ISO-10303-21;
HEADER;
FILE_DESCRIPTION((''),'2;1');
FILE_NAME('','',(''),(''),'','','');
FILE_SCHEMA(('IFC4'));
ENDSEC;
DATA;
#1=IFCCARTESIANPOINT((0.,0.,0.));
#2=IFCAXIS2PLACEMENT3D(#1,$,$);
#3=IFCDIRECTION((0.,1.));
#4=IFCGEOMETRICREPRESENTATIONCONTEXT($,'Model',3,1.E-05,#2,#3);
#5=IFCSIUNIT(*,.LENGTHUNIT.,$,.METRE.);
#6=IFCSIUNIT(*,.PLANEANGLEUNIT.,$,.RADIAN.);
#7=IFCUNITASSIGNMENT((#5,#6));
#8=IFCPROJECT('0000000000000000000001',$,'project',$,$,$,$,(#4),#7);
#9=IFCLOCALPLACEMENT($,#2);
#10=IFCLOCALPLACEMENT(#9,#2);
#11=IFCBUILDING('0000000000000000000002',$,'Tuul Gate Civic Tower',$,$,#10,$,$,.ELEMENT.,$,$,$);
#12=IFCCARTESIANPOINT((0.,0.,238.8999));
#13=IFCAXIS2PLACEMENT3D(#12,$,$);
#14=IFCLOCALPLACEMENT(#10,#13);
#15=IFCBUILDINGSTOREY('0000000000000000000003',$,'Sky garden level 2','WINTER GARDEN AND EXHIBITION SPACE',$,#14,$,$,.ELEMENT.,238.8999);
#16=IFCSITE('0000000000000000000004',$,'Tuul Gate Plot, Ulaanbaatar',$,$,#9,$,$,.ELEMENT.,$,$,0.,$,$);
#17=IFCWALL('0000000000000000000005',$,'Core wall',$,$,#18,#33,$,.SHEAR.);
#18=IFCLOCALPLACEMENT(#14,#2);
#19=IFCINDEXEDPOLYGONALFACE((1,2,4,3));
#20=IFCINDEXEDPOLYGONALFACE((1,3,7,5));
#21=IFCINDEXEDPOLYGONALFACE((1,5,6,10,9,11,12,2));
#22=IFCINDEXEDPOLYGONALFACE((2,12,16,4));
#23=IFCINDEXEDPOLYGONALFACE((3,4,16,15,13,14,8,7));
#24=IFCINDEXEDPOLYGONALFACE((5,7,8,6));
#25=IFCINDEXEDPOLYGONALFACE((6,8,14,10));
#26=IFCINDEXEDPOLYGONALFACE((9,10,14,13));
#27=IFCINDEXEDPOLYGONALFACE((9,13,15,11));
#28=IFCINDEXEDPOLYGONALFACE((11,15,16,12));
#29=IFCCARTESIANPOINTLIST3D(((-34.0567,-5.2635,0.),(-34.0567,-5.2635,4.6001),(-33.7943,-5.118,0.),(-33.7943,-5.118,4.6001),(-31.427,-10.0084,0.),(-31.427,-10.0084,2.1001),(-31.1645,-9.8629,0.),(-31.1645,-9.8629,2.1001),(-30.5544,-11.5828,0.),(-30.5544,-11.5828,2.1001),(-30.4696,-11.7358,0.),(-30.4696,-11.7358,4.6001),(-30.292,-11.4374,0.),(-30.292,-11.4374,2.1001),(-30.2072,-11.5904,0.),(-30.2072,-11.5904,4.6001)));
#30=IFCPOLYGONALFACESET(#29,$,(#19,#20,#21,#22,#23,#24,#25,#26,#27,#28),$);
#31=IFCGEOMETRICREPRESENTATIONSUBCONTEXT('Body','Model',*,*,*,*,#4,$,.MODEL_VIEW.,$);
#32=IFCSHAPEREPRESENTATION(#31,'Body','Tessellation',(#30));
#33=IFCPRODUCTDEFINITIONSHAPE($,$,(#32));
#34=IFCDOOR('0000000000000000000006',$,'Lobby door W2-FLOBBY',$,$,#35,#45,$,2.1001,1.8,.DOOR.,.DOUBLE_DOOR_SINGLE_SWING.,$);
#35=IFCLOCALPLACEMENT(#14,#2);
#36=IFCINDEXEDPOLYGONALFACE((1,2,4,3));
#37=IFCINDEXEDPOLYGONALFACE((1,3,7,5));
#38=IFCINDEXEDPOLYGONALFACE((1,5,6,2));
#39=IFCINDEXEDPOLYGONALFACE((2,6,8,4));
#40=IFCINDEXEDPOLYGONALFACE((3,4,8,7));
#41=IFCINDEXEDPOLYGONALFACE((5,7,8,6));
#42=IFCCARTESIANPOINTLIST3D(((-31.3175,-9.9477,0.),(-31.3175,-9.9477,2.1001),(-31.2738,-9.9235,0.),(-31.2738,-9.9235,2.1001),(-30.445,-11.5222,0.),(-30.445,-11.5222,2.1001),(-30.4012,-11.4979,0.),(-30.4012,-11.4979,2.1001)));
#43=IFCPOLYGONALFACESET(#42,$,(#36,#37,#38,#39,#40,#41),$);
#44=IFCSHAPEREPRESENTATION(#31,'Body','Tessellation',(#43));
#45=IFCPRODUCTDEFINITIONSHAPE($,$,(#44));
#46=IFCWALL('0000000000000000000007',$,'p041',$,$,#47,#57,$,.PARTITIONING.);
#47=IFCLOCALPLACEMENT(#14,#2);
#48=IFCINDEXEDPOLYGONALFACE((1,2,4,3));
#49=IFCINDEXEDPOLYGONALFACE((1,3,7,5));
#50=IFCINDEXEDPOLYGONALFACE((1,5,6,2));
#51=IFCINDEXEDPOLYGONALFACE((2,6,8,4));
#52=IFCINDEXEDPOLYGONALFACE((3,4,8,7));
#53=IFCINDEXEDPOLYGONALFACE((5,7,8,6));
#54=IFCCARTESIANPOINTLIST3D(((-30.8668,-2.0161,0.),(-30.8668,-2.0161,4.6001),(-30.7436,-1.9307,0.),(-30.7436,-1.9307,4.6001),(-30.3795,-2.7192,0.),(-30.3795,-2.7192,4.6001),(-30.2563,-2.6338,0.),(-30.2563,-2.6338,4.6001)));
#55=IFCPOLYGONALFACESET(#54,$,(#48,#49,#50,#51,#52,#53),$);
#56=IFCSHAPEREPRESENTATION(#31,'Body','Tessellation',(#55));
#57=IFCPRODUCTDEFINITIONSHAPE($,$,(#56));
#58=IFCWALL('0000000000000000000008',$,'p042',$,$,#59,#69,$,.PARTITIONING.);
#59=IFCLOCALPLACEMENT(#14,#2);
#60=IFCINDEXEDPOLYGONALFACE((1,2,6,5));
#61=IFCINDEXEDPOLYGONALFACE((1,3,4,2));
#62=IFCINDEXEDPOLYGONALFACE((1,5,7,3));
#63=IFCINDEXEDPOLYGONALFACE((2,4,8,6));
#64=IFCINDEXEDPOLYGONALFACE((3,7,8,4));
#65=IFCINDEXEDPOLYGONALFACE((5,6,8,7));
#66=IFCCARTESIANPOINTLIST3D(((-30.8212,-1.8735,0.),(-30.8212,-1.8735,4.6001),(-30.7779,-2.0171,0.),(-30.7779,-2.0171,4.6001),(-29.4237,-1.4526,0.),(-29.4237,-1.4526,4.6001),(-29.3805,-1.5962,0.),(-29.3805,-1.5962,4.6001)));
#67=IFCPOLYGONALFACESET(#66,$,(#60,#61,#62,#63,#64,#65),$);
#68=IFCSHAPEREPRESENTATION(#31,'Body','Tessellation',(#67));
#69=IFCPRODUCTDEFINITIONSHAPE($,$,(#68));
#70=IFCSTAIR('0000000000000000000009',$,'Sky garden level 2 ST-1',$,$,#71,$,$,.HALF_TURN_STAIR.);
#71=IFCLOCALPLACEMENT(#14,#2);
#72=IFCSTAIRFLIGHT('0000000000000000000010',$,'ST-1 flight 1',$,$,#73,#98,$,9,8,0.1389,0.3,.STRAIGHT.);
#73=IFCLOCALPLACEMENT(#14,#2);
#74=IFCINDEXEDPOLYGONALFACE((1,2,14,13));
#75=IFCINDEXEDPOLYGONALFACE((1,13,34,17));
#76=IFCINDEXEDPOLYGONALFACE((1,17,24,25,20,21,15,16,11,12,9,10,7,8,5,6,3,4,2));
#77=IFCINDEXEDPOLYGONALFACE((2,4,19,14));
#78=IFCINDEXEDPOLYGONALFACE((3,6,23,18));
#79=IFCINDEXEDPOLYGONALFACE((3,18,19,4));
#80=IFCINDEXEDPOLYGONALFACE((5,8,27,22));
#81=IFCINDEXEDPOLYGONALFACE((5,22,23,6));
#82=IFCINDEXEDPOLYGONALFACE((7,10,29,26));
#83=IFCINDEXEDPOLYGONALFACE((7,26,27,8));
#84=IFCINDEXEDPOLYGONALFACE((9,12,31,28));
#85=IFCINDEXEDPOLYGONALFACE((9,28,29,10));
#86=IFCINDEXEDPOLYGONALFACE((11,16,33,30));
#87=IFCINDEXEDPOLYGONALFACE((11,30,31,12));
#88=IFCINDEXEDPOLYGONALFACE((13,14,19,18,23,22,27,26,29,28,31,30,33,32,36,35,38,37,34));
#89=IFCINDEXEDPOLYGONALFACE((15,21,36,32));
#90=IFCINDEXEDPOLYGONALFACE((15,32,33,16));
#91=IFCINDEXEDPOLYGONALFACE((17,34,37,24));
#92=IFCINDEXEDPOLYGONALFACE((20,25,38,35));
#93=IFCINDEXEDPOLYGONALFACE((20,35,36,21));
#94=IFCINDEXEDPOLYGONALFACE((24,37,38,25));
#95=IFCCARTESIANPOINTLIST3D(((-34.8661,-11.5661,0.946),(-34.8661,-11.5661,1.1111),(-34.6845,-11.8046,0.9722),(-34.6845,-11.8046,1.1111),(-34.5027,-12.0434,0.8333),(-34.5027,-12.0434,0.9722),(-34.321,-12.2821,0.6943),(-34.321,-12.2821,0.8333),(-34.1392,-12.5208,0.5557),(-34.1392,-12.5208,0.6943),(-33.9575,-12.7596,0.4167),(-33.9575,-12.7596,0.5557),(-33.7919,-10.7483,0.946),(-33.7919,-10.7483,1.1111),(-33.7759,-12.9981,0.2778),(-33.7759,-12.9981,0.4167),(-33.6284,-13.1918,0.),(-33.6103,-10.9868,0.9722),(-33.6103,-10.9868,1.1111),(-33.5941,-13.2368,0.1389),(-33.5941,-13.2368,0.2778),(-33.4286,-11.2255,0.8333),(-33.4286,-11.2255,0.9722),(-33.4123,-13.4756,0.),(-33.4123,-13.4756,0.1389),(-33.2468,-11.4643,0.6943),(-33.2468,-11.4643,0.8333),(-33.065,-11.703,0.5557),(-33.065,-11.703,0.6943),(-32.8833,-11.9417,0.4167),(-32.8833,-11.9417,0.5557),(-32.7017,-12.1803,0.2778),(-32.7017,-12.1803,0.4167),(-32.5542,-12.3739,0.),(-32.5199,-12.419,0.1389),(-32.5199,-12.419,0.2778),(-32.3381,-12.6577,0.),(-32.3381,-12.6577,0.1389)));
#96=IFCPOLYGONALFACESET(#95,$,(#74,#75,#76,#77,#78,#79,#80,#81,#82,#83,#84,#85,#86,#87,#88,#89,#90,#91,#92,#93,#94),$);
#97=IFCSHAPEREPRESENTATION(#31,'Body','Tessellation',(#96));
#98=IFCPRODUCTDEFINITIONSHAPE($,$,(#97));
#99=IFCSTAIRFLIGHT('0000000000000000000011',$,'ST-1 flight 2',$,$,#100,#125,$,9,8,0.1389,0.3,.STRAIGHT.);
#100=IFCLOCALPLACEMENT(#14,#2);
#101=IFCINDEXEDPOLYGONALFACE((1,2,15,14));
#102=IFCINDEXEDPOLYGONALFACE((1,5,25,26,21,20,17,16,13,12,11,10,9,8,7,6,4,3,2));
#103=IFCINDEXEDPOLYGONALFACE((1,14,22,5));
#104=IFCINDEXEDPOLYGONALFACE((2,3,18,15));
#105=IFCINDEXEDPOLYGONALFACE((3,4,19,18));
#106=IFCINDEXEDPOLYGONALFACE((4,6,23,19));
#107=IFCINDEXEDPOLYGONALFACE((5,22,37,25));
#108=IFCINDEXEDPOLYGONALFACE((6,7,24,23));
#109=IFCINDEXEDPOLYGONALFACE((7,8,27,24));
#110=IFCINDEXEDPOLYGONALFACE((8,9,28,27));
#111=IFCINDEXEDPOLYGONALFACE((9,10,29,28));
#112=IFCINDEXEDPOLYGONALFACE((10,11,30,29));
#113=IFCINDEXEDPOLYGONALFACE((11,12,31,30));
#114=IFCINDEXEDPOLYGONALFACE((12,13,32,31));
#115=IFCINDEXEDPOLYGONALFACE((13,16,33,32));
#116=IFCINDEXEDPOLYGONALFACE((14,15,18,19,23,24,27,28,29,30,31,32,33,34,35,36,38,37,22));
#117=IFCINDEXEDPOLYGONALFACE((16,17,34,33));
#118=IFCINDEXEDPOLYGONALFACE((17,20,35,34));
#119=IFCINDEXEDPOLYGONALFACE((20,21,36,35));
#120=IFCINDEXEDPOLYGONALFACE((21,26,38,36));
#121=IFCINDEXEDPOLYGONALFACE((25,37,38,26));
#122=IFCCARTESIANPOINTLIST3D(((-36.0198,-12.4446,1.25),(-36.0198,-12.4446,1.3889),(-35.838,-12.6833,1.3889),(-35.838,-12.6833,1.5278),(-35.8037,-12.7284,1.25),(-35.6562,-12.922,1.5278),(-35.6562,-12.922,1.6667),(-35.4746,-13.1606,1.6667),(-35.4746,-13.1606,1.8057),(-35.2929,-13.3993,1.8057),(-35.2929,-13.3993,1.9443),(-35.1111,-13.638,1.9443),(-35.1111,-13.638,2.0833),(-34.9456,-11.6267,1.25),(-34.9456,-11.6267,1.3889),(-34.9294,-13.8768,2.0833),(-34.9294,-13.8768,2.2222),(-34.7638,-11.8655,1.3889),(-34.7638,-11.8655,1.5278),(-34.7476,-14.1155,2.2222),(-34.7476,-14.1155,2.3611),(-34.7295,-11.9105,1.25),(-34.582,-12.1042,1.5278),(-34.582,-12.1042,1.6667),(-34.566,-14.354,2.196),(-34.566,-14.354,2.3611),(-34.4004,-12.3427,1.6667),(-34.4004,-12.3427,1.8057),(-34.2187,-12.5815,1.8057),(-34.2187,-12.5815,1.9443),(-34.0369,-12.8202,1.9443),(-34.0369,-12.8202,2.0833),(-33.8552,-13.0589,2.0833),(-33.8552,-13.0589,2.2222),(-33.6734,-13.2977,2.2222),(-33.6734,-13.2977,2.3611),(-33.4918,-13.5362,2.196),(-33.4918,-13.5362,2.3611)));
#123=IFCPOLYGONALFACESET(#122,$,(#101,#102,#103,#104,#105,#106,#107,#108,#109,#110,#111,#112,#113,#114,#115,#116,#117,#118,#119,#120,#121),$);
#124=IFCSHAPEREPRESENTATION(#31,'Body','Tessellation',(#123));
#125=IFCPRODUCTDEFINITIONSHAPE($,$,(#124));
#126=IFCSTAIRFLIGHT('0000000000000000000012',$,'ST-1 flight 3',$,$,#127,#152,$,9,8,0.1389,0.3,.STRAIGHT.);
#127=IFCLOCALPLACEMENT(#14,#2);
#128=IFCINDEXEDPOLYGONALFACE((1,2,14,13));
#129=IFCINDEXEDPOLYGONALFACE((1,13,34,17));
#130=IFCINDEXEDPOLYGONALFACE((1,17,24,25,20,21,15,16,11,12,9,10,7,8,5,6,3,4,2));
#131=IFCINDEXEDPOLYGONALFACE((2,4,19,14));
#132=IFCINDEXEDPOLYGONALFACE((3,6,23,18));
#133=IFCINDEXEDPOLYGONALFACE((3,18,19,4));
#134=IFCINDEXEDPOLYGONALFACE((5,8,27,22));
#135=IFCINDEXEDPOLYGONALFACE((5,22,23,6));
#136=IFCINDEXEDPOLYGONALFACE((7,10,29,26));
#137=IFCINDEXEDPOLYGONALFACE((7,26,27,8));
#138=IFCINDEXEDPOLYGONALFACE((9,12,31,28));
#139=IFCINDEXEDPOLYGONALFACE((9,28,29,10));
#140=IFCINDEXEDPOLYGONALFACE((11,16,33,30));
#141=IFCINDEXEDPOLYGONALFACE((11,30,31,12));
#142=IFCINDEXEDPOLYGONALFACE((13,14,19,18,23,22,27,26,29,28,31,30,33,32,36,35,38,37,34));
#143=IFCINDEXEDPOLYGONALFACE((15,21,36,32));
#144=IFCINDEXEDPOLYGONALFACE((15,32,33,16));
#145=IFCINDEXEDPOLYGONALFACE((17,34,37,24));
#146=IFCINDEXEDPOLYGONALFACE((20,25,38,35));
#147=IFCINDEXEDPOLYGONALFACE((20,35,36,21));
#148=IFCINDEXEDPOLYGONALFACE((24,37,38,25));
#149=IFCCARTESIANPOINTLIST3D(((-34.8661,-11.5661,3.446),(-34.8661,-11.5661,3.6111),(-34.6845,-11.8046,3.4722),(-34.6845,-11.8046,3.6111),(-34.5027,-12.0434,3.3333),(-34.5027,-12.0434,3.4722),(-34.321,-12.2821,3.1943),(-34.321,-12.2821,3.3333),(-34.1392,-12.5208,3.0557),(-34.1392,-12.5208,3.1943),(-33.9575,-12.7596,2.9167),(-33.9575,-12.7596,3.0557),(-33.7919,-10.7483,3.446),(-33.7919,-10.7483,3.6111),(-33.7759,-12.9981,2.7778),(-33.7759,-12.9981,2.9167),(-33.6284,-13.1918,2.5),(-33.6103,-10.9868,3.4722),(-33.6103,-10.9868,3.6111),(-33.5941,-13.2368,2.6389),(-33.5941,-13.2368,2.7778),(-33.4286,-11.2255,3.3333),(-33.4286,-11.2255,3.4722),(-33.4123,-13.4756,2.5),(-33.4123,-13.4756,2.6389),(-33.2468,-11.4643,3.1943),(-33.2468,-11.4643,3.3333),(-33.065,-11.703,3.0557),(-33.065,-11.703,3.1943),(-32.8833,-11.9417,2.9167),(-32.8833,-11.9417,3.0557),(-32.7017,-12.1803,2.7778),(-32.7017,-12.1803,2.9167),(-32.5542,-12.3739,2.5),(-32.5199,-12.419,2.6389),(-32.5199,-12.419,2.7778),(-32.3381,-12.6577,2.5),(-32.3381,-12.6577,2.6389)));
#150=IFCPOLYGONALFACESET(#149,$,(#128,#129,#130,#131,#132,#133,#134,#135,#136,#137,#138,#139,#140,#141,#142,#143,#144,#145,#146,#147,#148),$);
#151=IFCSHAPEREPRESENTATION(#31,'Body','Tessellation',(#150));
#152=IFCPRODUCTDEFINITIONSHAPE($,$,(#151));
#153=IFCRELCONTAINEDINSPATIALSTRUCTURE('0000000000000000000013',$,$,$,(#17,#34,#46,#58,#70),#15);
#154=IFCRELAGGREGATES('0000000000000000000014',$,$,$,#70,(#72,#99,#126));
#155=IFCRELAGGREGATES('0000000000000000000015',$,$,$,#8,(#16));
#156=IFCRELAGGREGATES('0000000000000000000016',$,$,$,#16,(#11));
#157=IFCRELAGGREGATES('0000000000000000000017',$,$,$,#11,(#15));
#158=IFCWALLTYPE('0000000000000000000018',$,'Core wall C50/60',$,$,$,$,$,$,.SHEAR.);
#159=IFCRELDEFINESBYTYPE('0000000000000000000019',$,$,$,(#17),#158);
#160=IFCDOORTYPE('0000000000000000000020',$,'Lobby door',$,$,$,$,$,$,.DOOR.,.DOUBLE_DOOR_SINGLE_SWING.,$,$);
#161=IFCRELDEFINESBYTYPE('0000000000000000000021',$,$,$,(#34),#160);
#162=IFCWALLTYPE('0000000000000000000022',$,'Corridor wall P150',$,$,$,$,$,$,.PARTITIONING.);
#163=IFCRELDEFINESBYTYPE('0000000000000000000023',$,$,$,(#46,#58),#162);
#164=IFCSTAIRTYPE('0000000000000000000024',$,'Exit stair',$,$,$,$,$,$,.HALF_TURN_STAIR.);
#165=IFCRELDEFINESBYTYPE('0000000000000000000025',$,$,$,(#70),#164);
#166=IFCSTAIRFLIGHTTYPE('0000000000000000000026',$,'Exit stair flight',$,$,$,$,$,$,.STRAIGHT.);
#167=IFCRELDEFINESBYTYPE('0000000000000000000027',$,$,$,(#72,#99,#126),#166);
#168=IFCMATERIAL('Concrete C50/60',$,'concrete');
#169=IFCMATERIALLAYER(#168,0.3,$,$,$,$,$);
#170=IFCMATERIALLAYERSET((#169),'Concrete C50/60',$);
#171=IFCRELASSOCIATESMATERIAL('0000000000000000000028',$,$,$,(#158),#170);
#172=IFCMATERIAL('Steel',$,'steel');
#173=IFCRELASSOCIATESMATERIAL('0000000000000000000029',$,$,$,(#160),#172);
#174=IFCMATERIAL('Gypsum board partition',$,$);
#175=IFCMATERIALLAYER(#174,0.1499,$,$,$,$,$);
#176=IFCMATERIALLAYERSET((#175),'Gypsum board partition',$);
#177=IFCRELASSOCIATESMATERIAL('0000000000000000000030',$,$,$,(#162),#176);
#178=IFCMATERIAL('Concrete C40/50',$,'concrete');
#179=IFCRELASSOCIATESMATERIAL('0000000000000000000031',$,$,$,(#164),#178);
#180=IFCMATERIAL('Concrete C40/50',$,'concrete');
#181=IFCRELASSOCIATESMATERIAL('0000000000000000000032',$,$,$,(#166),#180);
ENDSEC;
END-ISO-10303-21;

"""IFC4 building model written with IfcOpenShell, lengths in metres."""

from ifc_helpers import new_model, si_unit, direction, frame, frame_2d, origin, place, context, subcontext, project, spatial, polyline, rectangle, outline, extrude, material, layer, layer_set, type_object, element, fill, aggregate, save


model = new_model("IFC4")

# Units and contexts
model_context = context("Model", 3, precision=1e-05, world=origin(), true_north=direction((0.0, 1.0)))
body_context = subcontext(model_context, "Body", "Model", "MODEL_VIEW")
ifc_project = project(units=[si_unit("LENGTHUNIT", "METRE"), si_unit("PLANEANGLEUNIT", "RADIAN")], contexts=[model_context])

# Site, building, storey
site_placement = place(None, origin())
site = spatial("IfcSite", under=ifc_project, at=site_placement, Name="Tuul Gate Plot, Ulaanbaatar", CompositionType="ELEMENT", RefElevation=0.0)
building_placement = place(site_placement, origin())
building = spatial("IfcBuilding", under=site, at=building_placement, Name="Tuul Gate Civic Tower", CompositionType="ELEMENT")
storey_placement = place(building_placement, frame((0.0, 0.0, 238.8999)))
storey = spatial("IfcBuildingStorey", under=building, at=storey_placement, Name="Sky garden level 2", Description="WINTER GARDEN AND EXHIBITION SPACE", CompositionType="ELEMENT", Elevation=238.8999)

# Shared definitions
ifc_material_1 = material(Name="Concrete C50/60", Category="concrete")
ifc_layer_1 = layer(ifc_material_1, 0.3)
ifc_layer_set_1 = layer_set([ifc_layer_1], Name="Concrete C50/60")
wall_type_1 = type_object("IfcWallType", Name="Core wall C50/60", PredefinedType="SHEAR", material=ifc_layer_set_1)

# Wall, opening, door
wall_1_placement = place(storey_placement, frame((-30.3384, -11.6631, 0.0), z_axis=(0.0, 0.0, 1.0), x_axis=(-0.484752, 0.874652, 0.0)))
wall_1 = element("IfcWall", 1, at=wall_1_placement, inside=storey, type_object=wall_type_1, Name="Core wall", PredefinedType="SHEAR", context=body_context, shape_type="SweptSolid", body=[
    extrude(rectangle(XDim=7.3999, YDim=0.3, at=frame_2d((3.7, 0.0))), origin(), (0.0, 0.0, 1.0), 4.6001),
])
opening_1_placement = place(wall_1_placement, frame((0.175, 0.0, 0.0)))
opening_1 = element("IfcOpeningElement", 2, at=opening_1_placement, cuts=wall_1, PredefinedType="OPENING", context=body_context, shape_type="SweptSolid", body=[
    extrude(rectangle(XDim=1.8, YDim=2.1001, at=frame_2d((0.8999, 1.05))), frame((0.0, 0.1602, 0.0), z_axis=(0.0, -1.0, 0.0), x_axis=(1.0, 0.0, 0.0)), (0.0, 0.0, 1.0), 0.3201),
])
ifc_material_2 = material(Name="Steel", Category="steel")
door_type_1 = type_object("IfcDoorType", Name="Lobby door", OperationType="DOUBLE_DOOR_SINGLE_SWING", PredefinedType="DOOR", material=ifc_material_2)
door_1_placement = place(opening_1_placement, origin())
door_1 = element("IfcDoor", 3, at=door_1_placement, inside=storey, type_object=door_type_1, Name="Lobby door W2-FLOBBY", OperationType="DOUBLE_DOOR_SINGLE_SWING", OverallHeight=2.1001, OverallWidth=1.8, PredefinedType="DOOR", context=body_context, shape_type="SweptSolid", body=[
    extrude(rectangle(XDim=1.8, YDim=2.1001, at=frame_2d((0.8999, 1.05))), frame((0.0, 0.0249, 0.0), z_axis=(0.0, -1.0, 0.0), x_axis=(1.0, 0.0, 0.0)), (0.0, 0.0, 1.0), 0.05),
])
fill(opening_1, door_1)

# Walls
ifc_material_3 = material(Name="Gypsum board partition")
ifc_layer_2 = layer(ifc_material_3, 0.1499)
ifc_layer_set_2 = layer_set([ifc_layer_2], Name="Gypsum board partition")
wall_type_2 = type_object("IfcWallType", Name="Corridor wall P150", PredefinedType="PARTITIONING", material=ifc_layer_set_2)
wall_2_placement = place(storey_placement, frame((-30.8052, -1.9734, 0.0), z_axis=(0.0, 0.0, 1.0), x_axis=(0.569625, -0.821904, 0.0)))
element("IfcWall", 4, at=wall_2_placement, inside=storey, type_object=wall_type_2, Name="p041", PredefinedType="PARTITIONING", context=body_context, shape_type="SweptSolid", body=[
    extrude(rectangle(XDim=0.8555, YDim=0.1499, at=frame_2d((0.4277, 0.0))), origin(), (0.0, 0.0, 1.0), 4.6001),
])
wall_3_placement = place(storey_placement, frame((-30.7996, -1.9453, 0.0), z_axis=(0.0, 0.0, 1.0), x_axis=(0.957513, 0.288391, 0.0)))
element("IfcWall", 5, at=wall_3_placement, inside=storey, type_object=wall_type_2, Name="p042", PredefinedType="PARTITIONING", context=body_context, shape_type="SweptSolid", body=[
    extrude(rectangle(XDim=1.4595, YDim=0.1499, at=frame_2d((0.7297, 0.0))), origin(), (0.0, 0.0, 1.0), 4.6001),
])

# Stair, stair flights
ifc_material_4 = material(Name="Concrete C40/50", Category="concrete")
stair_type = type_object("IfcStairType", Name="Exit stair", PredefinedType="HALF_TURN_STAIR", material=ifc_material_4)
stair_1_placement = place(storey_placement, origin())
stair_1 = element("IfcStair", 6, at=stair_1_placement, inside=storey, type_object=stair_type, Name="Sky garden level 2 ST-1", PredefinedType="HALF_TURN_STAIR")
ifc_material_5 = material(Name="Concrete C40/50", Category="concrete")
stair_flight_type = type_object("IfcStairFlightType", Name="Exit stair flight", PredefinedType="STRAIGHT", material=ifc_material_5)
stair_flight_1_placement = place(storey_placement, frame((-32.8752, -13.0667, 0.0), z_axis=(0.0, 0.0, 1.0), x_axis=(-0.605764, 0.795644, 0.0)))
stair_flight_1 = element("IfcStairFlight", 7, at=stair_flight_1_placement, type_object=stair_flight_type, Name="ST-1 flight 1", NumberOfRisers=9, NumberOfTreads=8, PredefinedType="STRAIGHT", RiserHeight=0.1389, TreadLength=0.3, context=body_context, shape_type="SweptSolid", body=[
    extrude(outline(polyline([(0.0, 0.0), (0.0, 0.1389), (0.3, 0.1389), (0.3, 0.2778), (0.6001, 0.2778), (0.6001, 0.4167), (0.8999, 0.4167), (0.8999, 0.5557), (1.2, 0.5557), (1.2, 0.6943), (1.5, 0.6943), (1.5, 0.8333), (1.8, 0.8333), (1.8, 0.9722), (2.1001, 0.9722), (2.1001, 1.1111), (2.3999, 1.1111), (2.3999, 1.25), (2.3999, 0.946), (0.3567, 0.0), (0.0, 0.0)])), frame((0.0, 0.675, 0.0), z_axis=(0.0, -1.0, 0.0), x_axis=(1.0, 0.0, 0.0)), (0.0, 0.0, 1.0), 1.3501),
])
stair_flight_2_placement = place(storey_placement, frame((-35.4827, -12.0356, 1.25), z_axis=(0.0, 0.0, 1.0), x_axis=(0.605764, -0.795644, 0.0)))
stair_flight_2 = element("IfcStairFlight", 8, at=stair_flight_2_placement, type_object=stair_flight_type, Name="ST-1 flight 2", NumberOfRisers=9, NumberOfTreads=8, PredefinedType="STRAIGHT", RiserHeight=0.1389, TreadLength=0.3, context=body_context, shape_type="SweptSolid", body=[
    extrude(outline(polyline([(0.0, 0.0), (0.0, 0.1389), (0.3, 0.1389), (0.3, 0.2778), (0.6001, 0.2778), (0.6001, 0.4167), (0.8999, 0.4167), (0.8999, 0.5557), (1.2, 0.5557), (1.2, 0.6943), (1.5, 0.6943), (1.5, 0.8333), (1.8, 0.8333), (1.8, 0.9722), (2.1001, 0.9722), (2.1001, 1.1111), (2.3999, 1.1111), (2.3999, 1.25), (2.3999, 0.946), (0.3567, 0.0), (0.0, 0.0)])), frame((0.0, 0.675, 0.0), z_axis=(0.0, -1.0, 0.0), x_axis=(1.0, 0.0, 0.0)), (0.0, 0.0, 1.0), 1.3501),
])
stair_flight_3_placement = place(storey_placement, frame((-32.8752, -13.0667, 2.5), z_axis=(0.0, 0.0, 1.0), x_axis=(-0.605764, 0.795644, 0.0)))
stair_flight_3 = element("IfcStairFlight", 9, at=stair_flight_3_placement, type_object=stair_flight_type, Name="ST-1 flight 3", NumberOfRisers=9, NumberOfTreads=8, PredefinedType="STRAIGHT", RiserHeight=0.1389, TreadLength=0.3, context=body_context, shape_type="SweptSolid", body=[
    extrude(outline(polyline([(0.0, 0.0), (0.0, 0.1389), (0.3, 0.1389), (0.3, 0.2778), (0.6001, 0.2778), (0.6001, 0.4167), (0.8999, 0.4167), (0.8999, 0.5557), (1.2, 0.5557), (1.2, 0.6943), (1.5, 0.6943), (1.5, 0.8333), (1.8, 0.8333), (1.8, 0.9722), (2.1001, 0.9722), (2.1001, 1.1111), (2.3999, 1.1111), (2.3999, 1.25), (2.3999, 0.946), (0.3567, 0.0), (0.0, 0.0)])), frame((0.0, 0.675, 0.0), z_axis=(0.0, -1.0, 0.0), x_axis=(1.0, 0.0, 0.0)), (0.0, 0.0, 1.0), 1.3501),
])
aggregate(stair_1, [stair_flight_1, stair_flight_2, stair_flight_3])

save(model, "model.ifc")
